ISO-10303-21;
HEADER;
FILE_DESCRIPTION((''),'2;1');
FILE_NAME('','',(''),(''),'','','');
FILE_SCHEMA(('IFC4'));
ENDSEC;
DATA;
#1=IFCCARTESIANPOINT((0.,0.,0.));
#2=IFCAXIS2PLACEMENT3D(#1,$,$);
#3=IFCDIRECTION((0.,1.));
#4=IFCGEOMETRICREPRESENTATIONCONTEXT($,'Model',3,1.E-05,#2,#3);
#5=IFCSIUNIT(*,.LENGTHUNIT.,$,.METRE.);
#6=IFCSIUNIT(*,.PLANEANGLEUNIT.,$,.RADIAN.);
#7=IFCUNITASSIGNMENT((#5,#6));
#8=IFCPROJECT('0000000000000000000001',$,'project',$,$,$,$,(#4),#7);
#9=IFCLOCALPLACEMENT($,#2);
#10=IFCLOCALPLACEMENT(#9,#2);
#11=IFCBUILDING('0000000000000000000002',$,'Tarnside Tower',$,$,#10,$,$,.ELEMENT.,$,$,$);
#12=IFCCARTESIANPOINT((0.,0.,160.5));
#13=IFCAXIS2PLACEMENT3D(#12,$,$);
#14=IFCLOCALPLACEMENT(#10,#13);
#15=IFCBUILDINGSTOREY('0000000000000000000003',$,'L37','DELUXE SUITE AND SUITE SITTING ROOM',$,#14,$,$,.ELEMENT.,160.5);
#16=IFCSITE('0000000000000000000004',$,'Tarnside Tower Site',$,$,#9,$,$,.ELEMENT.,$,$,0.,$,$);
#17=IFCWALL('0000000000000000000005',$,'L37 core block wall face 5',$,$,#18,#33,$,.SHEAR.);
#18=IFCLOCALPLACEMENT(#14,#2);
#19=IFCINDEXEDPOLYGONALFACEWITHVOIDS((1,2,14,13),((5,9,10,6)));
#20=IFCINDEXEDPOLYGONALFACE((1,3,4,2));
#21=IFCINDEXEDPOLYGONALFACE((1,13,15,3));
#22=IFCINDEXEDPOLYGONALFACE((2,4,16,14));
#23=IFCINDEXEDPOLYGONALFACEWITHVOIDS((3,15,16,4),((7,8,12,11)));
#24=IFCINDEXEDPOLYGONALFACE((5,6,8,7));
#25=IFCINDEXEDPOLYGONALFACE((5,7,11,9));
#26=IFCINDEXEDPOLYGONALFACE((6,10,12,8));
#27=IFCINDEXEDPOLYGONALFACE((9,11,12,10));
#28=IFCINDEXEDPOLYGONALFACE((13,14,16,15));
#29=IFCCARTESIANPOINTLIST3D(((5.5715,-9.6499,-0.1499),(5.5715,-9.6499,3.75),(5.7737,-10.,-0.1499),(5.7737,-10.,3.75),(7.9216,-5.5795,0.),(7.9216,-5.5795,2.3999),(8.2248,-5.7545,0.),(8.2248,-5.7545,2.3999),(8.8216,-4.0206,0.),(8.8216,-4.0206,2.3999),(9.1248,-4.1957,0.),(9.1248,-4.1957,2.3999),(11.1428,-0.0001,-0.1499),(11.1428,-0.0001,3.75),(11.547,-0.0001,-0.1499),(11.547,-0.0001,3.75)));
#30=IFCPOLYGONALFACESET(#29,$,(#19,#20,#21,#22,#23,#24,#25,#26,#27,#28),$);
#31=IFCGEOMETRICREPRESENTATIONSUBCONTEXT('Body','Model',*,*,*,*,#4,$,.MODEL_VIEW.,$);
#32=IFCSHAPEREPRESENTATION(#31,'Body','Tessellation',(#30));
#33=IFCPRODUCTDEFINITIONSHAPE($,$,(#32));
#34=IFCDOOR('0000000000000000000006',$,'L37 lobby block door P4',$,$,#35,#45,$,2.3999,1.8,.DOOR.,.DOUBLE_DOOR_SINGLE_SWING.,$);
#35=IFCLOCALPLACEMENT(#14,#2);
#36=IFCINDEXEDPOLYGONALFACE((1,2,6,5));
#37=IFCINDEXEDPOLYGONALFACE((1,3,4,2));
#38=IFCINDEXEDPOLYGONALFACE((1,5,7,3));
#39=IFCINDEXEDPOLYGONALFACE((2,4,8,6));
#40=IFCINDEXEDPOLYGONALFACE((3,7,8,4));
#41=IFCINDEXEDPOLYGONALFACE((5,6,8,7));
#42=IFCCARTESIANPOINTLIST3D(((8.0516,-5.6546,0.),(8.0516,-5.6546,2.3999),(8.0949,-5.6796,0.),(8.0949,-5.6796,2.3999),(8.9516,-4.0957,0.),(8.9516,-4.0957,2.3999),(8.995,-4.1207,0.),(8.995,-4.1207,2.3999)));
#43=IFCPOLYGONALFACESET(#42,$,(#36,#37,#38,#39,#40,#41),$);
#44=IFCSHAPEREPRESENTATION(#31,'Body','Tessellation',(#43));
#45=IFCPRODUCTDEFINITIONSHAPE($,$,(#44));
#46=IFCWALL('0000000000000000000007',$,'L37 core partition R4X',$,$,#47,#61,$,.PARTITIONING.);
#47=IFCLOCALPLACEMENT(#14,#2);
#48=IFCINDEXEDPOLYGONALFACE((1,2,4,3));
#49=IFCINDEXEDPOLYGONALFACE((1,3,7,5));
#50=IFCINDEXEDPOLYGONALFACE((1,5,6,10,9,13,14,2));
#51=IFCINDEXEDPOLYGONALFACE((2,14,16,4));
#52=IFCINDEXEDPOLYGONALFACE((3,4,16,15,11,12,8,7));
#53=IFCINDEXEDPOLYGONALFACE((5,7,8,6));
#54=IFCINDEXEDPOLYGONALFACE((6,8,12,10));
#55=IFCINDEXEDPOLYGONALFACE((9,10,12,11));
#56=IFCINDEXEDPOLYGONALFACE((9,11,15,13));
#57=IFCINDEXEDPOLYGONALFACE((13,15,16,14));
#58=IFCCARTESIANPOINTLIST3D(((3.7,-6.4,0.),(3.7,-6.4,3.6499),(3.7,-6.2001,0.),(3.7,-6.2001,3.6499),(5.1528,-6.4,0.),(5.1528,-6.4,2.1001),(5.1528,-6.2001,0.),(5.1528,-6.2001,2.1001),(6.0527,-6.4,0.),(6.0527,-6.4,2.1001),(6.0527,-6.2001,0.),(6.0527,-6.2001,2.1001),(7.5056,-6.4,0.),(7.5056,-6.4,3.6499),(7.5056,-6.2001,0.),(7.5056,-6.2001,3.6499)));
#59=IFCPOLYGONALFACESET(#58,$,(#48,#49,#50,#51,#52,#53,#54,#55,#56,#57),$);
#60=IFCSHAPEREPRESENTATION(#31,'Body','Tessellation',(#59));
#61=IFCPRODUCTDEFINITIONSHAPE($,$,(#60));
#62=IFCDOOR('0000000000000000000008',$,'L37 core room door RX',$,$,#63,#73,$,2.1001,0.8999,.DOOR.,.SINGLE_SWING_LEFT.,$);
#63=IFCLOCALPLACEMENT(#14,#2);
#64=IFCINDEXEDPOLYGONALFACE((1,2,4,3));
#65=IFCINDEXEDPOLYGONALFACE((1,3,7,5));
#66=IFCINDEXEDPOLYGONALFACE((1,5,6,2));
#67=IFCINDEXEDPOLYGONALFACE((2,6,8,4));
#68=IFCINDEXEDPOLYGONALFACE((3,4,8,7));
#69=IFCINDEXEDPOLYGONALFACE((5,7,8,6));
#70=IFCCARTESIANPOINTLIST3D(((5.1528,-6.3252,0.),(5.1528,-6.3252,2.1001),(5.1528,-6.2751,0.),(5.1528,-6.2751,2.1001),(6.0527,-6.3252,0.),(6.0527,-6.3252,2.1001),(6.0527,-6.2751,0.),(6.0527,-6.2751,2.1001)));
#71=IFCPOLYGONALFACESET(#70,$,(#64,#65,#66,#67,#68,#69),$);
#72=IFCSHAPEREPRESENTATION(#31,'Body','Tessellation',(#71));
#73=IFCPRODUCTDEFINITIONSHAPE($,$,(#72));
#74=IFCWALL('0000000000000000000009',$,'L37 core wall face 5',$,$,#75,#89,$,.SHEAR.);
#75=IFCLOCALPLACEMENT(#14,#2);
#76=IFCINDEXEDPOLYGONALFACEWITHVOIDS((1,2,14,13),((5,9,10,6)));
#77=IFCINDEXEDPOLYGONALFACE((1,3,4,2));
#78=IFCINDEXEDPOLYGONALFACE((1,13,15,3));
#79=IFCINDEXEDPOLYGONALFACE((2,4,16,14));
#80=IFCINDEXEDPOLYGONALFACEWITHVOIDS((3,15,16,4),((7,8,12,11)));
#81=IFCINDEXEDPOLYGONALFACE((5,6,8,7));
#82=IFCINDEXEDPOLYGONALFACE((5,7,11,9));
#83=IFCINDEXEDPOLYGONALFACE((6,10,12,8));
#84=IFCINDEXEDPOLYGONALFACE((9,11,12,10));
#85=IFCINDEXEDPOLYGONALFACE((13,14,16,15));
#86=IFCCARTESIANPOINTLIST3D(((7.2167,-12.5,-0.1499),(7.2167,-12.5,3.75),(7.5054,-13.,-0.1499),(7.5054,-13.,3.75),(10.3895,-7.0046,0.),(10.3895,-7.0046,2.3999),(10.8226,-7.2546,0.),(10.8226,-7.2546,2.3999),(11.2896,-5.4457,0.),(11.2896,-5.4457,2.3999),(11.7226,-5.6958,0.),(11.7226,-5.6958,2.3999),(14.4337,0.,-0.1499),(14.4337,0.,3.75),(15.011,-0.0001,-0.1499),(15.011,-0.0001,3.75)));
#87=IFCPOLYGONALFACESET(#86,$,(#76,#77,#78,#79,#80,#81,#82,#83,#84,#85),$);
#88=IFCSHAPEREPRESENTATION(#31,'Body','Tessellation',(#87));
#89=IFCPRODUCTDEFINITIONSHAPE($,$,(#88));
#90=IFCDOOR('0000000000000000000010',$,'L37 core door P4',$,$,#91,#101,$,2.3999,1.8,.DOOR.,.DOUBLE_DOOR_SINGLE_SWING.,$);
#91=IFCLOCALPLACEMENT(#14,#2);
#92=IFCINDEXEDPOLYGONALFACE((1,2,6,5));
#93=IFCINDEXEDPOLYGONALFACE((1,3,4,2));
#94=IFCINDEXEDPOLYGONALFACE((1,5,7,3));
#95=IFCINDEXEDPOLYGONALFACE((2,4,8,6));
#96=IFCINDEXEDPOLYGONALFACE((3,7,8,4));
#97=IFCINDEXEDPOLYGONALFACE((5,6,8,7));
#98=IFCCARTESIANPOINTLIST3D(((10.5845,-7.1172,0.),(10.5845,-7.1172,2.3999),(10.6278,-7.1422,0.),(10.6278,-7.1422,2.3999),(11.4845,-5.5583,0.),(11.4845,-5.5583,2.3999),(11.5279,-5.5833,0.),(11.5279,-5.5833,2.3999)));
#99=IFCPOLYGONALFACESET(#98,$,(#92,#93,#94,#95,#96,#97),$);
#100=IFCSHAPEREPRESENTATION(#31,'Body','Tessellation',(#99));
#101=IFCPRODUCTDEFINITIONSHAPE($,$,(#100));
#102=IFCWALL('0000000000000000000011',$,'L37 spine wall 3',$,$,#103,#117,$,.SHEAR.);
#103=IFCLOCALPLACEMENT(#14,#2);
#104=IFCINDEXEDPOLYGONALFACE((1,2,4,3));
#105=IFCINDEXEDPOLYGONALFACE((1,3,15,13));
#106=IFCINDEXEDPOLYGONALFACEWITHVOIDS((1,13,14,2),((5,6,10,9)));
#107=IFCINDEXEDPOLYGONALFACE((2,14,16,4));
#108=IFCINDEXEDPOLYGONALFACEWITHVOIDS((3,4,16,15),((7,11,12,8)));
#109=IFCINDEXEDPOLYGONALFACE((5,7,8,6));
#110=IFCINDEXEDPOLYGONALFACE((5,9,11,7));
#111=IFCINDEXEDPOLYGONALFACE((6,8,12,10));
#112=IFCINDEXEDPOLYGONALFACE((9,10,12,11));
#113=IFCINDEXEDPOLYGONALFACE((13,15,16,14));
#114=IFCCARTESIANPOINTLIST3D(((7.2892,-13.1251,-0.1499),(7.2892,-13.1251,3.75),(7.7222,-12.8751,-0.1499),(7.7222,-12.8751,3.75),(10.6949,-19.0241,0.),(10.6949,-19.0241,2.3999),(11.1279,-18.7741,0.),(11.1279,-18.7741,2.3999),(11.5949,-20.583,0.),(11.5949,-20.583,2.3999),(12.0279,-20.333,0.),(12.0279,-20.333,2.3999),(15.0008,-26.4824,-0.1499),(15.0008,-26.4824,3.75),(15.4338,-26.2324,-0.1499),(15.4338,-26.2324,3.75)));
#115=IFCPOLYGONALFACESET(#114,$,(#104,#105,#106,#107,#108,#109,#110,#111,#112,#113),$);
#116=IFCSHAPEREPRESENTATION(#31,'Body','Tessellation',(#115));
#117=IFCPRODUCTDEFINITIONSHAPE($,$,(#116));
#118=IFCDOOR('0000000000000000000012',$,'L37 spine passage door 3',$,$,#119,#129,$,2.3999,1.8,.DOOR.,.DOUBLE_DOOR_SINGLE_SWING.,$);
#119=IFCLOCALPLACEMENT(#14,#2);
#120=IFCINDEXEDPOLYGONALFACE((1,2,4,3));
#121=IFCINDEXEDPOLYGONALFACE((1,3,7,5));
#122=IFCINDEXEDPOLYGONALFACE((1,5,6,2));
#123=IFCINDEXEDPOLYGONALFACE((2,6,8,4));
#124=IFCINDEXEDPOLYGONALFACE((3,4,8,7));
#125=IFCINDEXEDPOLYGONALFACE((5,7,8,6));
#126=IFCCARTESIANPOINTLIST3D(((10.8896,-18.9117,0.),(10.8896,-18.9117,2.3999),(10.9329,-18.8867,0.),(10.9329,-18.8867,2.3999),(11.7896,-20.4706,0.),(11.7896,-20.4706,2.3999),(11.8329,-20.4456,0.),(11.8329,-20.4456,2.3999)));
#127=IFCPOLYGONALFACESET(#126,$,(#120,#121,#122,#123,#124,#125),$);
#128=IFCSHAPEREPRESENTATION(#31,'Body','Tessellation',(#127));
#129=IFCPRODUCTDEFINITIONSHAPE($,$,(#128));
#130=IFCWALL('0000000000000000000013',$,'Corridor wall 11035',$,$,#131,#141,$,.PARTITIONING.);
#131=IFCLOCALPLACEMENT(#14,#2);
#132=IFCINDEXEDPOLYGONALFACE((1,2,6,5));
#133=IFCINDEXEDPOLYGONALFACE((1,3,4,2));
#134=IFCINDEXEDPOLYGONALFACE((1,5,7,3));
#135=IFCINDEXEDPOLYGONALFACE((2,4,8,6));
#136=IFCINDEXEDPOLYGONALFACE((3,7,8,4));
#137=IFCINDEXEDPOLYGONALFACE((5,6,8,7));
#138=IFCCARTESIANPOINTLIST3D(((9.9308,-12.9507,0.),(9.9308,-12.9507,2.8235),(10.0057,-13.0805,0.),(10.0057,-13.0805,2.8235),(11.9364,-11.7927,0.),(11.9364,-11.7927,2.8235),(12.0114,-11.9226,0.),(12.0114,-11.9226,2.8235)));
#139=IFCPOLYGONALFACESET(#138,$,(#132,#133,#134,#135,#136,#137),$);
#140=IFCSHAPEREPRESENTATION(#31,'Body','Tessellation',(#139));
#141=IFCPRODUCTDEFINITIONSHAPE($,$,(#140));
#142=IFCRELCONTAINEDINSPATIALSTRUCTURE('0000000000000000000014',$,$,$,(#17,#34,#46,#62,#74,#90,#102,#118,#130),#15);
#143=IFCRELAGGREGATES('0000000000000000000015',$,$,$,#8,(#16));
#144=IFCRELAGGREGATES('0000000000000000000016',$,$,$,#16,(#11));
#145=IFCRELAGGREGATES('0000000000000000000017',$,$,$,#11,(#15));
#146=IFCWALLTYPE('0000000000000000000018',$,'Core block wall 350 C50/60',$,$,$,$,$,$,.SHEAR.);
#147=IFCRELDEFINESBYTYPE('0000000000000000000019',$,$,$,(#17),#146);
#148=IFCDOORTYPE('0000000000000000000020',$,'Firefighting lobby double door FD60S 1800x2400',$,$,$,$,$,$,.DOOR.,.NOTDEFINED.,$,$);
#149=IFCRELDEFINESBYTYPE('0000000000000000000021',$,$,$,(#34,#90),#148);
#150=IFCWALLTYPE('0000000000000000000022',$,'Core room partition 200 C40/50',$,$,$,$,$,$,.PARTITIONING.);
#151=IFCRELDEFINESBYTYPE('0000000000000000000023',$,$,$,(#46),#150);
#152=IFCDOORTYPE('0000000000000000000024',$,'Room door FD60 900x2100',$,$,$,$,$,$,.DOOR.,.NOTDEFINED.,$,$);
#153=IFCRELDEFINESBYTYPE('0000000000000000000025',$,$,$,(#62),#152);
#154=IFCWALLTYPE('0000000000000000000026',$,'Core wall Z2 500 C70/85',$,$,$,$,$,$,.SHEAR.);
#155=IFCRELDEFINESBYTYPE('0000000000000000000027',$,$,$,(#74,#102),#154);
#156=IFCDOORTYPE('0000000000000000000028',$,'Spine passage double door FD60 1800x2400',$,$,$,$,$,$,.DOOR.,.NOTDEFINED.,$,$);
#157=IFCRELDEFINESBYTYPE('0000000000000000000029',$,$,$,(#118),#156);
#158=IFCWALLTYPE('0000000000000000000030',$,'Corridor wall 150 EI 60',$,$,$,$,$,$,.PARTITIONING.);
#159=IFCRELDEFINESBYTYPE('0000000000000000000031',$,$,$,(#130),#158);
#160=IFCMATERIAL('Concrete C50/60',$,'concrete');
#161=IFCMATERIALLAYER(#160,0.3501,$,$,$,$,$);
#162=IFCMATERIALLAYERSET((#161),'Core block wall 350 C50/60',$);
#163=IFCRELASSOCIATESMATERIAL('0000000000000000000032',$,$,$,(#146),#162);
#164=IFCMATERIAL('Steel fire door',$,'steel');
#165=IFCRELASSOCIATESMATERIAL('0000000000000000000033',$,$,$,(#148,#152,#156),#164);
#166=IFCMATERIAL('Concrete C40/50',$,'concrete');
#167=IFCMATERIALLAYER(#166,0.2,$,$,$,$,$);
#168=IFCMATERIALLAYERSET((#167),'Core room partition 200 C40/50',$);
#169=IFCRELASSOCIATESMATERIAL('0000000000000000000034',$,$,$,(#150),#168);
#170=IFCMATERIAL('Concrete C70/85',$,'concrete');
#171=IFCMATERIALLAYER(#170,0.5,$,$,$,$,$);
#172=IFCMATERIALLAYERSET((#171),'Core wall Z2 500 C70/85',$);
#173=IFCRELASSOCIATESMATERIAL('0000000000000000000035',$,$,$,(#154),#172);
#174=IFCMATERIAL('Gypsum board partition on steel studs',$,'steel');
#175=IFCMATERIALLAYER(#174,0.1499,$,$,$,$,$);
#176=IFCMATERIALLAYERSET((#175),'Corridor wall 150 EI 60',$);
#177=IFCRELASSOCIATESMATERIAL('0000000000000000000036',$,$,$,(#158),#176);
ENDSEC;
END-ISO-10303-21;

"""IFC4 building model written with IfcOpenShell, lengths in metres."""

from ifc_helpers import new_model, si_unit, direction, frame, frame_2d, origin, place, context, subcontext, project, spatial, polyline, rectangle, outline, extrude, material, layer, layer_set, type_object, element, fill, save


model = new_model("IFC4")

# Units and contexts
model_context = context("Model", 3, precision=1e-05, world=origin(), true_north=direction((0.0, 1.0)))
body_context = subcontext(model_context, "Body", "Model", "MODEL_VIEW")
ifc_project = project(units=[si_unit("LENGTHUNIT", "METRE"), si_unit("PLANEANGLEUNIT", "RADIAN")], contexts=[model_context])

# Site, building, storey
site_placement = place(None, origin())
site = spatial("IfcSite", under=ifc_project, at=site_placement, Name="Tarnside Tower Site", CompositionType="ELEMENT", RefElevation=0.0)
building_placement = place(site_placement, origin())
building = spatial("IfcBuilding", under=site, at=building_placement, Name="Tarnside Tower", CompositionType="ELEMENT")
storey_placement = place(building_placement, frame((0.0, 0.0, 160.5)))
storey = spatial("IfcBuildingStorey", under=building, at=storey_placement, Name="L37", Description="DELUXE SUITE AND SUITE SITTING ROOM", CompositionType="ELEMENT", Elevation=160.5)

# Walls, openings, doors
ifc_material_1 = material(Name="Concrete C50/60", Category="concrete")
ifc_layer_1 = layer(ifc_material_1, 0.3501)
ifc_layer_set_1 = layer_set([ifc_layer_1], Name="Core block wall 350 C50/60")
wall_type_1 = type_object("IfcWallType", Name="Core block wall 350 C50/60", PredefinedType="SHEAR", material=ifc_layer_set_1)
wall_1_placement = place(storey_placement, frame((5.6726, -9.825, -0.1499), z_axis=(0.0, 0.0, 1.0), x_axis=(0.499995, 0.866028, 0.0)))
wall_1 = element("IfcWall", 1, at=wall_1_placement, inside=storey, type_object=wall_type_1, Name="L37 core block wall face 5", PredefinedType="SHEAR", context=body_context, shape_type="SweptSolid", body=[
    extrude(outline(polyline([(-0.1011, -0.175), (11.4458, -0.175), (11.2437, 0.175), (0.1011, 0.175), (-0.1011, -0.175)])), origin(), (0.0, 0.0, 1.0), 3.8999),
])
opening_1_placement = place(wall_1_placement, frame((4.8013, 0.0, 0.1499)))
opening_1 = element("IfcOpeningElement", 2, at=opening_1_placement, cuts=wall_1, PredefinedType="OPENING", context=body_context, shape_type="SweptSolid", body=[
    extrude(rectangle(XDim=1.8, YDim=2.3999, at=frame_2d((0.8999, 1.2))), frame((0.0, 0.1851, 0.0), z_axis=(0.0, -1.0, 0.0), x_axis=(1.0, 0.0, 0.0)), (0.0, 0.0, 1.0), 0.3701),
])
ifc_material_2 = material(Name="Steel fire door", Category="steel")
door_type_1 = type_object("IfcDoorType", Name="Firefighting lobby double door FD60S 1800x2400", OperationType="NOTDEFINED", PredefinedType="DOOR", material=ifc_material_2)
door_1_placement = place(opening_1_placement, origin())
door_1 = element("IfcDoor", 3, at=door_1_placement, inside=storey, type_object=door_type_1, Name="L37 lobby block door P4", OperationType="DOUBLE_DOOR_SINGLE_SWING", OverallHeight=2.3999, OverallWidth=1.8, PredefinedType="DOOR", context=body_context, shape_type="SweptSolid", body=[
    extrude(rectangle(XDim=1.8, YDim=2.3999, at=frame_2d((0.8999, 1.2))), frame((0.0, 0.0249, 0.0), z_axis=(0.0, -1.0, 0.0), x_axis=(1.0, 0.0, 0.0)), (0.0, 0.0, 1.0), 0.05),
])
fill(opening_1, door_1)
ifc_material_3 = material(Name="Concrete C40/50", Category="concrete")
ifc_layer_2 = layer(ifc_material_3, 0.2)
ifc_layer_set_2 = layer_set([ifc_layer_2], Name="Core room partition 200 C40/50")
wall_type_2 = type_object("IfcWallType", Name="Core room partition 200 C40/50", PredefinedType="PARTITIONING", material=ifc_layer_set_2)
wall_2_placement = place(storey_placement, frame((3.7, -6.3, 0.0), z_axis=(0.0, 0.0, 1.0), x_axis=(1.0, 0.0, 0.0)))
wall_2 = element("IfcWall", 4, at=wall_2_placement, inside=storey, type_object=wall_type_2, Name="L37 core partition R4X", PredefinedType="PARTITIONING", context=body_context, shape_type="SweptSolid", body=[
    extrude(rectangle(XDim=3.8057, YDim=0.2, at=frame_2d((1.9028, 0.0))), origin(), (0.0, 0.0, 1.0), 3.6499),
])
opening_2_placement = place(wall_2_placement, frame((1.4529, 0.0, 0.0)))
opening_2 = element("IfcOpeningElement", 5, at=opening_2_placement, cuts=wall_2, PredefinedType="OPENING", context=body_context, shape_type="SweptSolid", body=[
    extrude(rectangle(XDim=0.8999, YDim=2.1001, at=frame_2d((0.45, 1.05))), frame((0.0, 0.1099, 0.0), z_axis=(0.0, -1.0, 0.0), x_axis=(1.0, 0.0, 0.0)), (0.0, 0.0, 1.0), 0.22),
])
door_type_2 = type_object("IfcDoorType", Name="Room door FD60 900x2100", OperationType="NOTDEFINED", PredefinedType="DOOR", material=ifc_material_2)
door_2_placement = place(opening_2_placement, origin())
door_2 = element("IfcDoor", 6, at=door_2_placement, inside=storey, type_object=door_type_2, Name="L37 core room door RX", OperationType="SINGLE_SWING_LEFT", OverallHeight=2.1001, OverallWidth=0.8999, PredefinedType="DOOR", context=body_context, shape_type="SweptSolid", body=[
    extrude(rectangle(XDim=0.8999, YDim=2.1001, at=frame_2d((0.45, 1.05))), frame((0.0, 0.0249, 0.0), z_axis=(0.0, -1.0, 0.0), x_axis=(1.0, 0.0, 0.0)), (0.0, 0.0, 1.0), 0.05),
])
fill(opening_2, door_2)
ifc_material_4 = material(Name="Concrete C70/85", Category="concrete")
ifc_layer_3 = layer(ifc_material_4, 0.5)
ifc_layer_set_3 = layer_set([ifc_layer_3], Name="Core wall Z2 500 C70/85")
wall_type_3 = type_object("IfcWallType", Name="Core wall Z2 500 C70/85", PredefinedType="SHEAR", material=ifc_layer_set_3)
wall_3_placement = place(storey_placement, frame((7.3611, -12.75, -0.1499), z_axis=(0.0, 0.0, 1.0), x_axis=(0.500006, 0.866022, 0.0)))
wall_3 = element("IfcWall", 7, at=wall_3_placement, inside=storey, type_object=wall_type_3, Name="L37 core wall face 5", PredefinedType="SHEAR", context=body_context, shape_type="SweptSolid", body=[
    extrude(outline(polyline([(-0.1443, -0.25), (14.8667, -0.25), (14.5781, 0.25), (0.1443, 0.25), (-0.1443, -0.25)])), origin(), (0.0, 0.0, 1.0), 3.8999),
])
opening_3_placement = place(wall_3_placement, frame((6.49, 0.0, 0.1499)))
opening_3 = element("IfcOpeningElement", 8, at=opening_3_placement, cuts=wall_3, PredefinedType="OPENING", context=body_context, shape_type="SweptSolid", body=[
    extrude(rectangle(XDim=1.8, YDim=2.3999, at=frame_2d((0.8999, 1.2))), frame((0.0, 0.26, 0.0), z_axis=(0.0, -1.0, 0.0), x_axis=(1.0, 0.0, 0.0)), (0.0, 0.0, 1.0), 0.52),
])
door_3_placement = place(opening_3_placement, origin())
door_3 = element("IfcDoor", 9, at=door_3_placement, inside=storey, type_object=door_type_1, Name="L37 core door P4", OperationType="DOUBLE_DOOR_SINGLE_SWING", OverallHeight=2.3999, OverallWidth=1.8, PredefinedType="DOOR", context=body_context, shape_type="SweptSolid", body=[
    extrude(rectangle(XDim=1.8, YDim=2.3999, at=frame_2d((0.8999, 1.2))), frame((0.0, 0.0249, 0.0), z_axis=(0.0, -1.0, 0.0), x_axis=(1.0, 0.0, 0.0)), (0.0, 0.0, 1.0), 0.05),
])
fill(opening_3, door_3)
wall_4_placement = place(storey_placement, frame((7.5056, -13.0, -0.1499), z_axis=(0.0, 0.0, 1.0), x_axis=(0.499988, -0.866032, 0.0)))
wall_4 = element("IfcWall", 10, at=wall_4_placement, inside=storey, type_object=wall_type_3, Name="L37 spine wall 3", PredefinedType="SHEAR", context=body_context, shape_type="SweptSolid", body=[
    extrude(rectangle(XDim=15.4236, YDim=0.5, at=frame_2d((7.7119, 0.0))), origin(), (0.0, 0.0, 1.0), 3.8999),
])
opening_4_placement = place(wall_4_placement, frame((6.8118, 0.0, 0.1499)))
opening_4 = element("IfcOpeningElement", 11, at=opening_4_placement, cuts=wall_4, PredefinedType="OPENING", context=body_context, shape_type="SweptSolid", body=[
    extrude(rectangle(XDim=1.8, YDim=2.3999, at=frame_2d((0.8999, 1.2))), frame((0.0, 0.26, 0.0), z_axis=(0.0, -1.0, 0.0), x_axis=(1.0, 0.0, 0.0)), (0.0, 0.0, 1.0), 0.52),
])
door_type_3 = type_object("IfcDoorType", Name="Spine passage double door FD60 1800x2400", OperationType="NOTDEFINED", PredefinedType="DOOR", material=ifc_material_2)
door_4_placement = place(opening_4_placement, origin())
door_4 = element("IfcDoor", 12, at=door_4_placement, inside=storey, type_object=door_type_3, Name="L37 spine passage door 3", OperationType="DOUBLE_DOOR_SINGLE_SWING", OverallHeight=2.3999, OverallWidth=1.8, PredefinedType="DOOR", context=body_context, shape_type="SweptSolid", body=[
    extrude(rectangle(XDim=1.8, YDim=2.3999, at=frame_2d((0.8999, 1.2))), frame((0.0, 0.0249, 0.0), z_axis=(0.0, -1.0, 0.0), x_axis=(1.0, 0.0, 0.0)), (0.0, 0.0, 1.0), 0.05),
])
fill(opening_4, door_4)

# Wall
ifc_material_5 = material(Name="Gypsum board partition on steel studs", Category="steel")
ifc_layer_4 = layer(ifc_material_5, 0.1499)
ifc_layer_set_4 = layer_set([ifc_layer_4], Name="Corridor wall 150 EI 60")
wall_type_4 = type_object("IfcWallType", Name="Corridor wall 150 EI 60", PredefinedType="PARTITIONING", material=ifc_layer_set_4)
wall_5_placement = place(storey_placement, frame((9.9683, -13.0156, 0.0), z_axis=(0.0, 0.0, 1.0), x_axis=(0.866022, 0.500005, 0.0)))
element("IfcWall", 13, at=wall_5_placement, inside=storey, type_object=wall_type_4, Name="Corridor wall 11035", PredefinedType="PARTITIONING", context=body_context, shape_type="SweptSolid", body=[
    extrude(rectangle(XDim=2.3159, YDim=0.1499, at=frame_2d((1.158, 0.0))), origin(), (0.0, 0.0, 1.0), 2.8235),
])

save(model, "model.ifc")
